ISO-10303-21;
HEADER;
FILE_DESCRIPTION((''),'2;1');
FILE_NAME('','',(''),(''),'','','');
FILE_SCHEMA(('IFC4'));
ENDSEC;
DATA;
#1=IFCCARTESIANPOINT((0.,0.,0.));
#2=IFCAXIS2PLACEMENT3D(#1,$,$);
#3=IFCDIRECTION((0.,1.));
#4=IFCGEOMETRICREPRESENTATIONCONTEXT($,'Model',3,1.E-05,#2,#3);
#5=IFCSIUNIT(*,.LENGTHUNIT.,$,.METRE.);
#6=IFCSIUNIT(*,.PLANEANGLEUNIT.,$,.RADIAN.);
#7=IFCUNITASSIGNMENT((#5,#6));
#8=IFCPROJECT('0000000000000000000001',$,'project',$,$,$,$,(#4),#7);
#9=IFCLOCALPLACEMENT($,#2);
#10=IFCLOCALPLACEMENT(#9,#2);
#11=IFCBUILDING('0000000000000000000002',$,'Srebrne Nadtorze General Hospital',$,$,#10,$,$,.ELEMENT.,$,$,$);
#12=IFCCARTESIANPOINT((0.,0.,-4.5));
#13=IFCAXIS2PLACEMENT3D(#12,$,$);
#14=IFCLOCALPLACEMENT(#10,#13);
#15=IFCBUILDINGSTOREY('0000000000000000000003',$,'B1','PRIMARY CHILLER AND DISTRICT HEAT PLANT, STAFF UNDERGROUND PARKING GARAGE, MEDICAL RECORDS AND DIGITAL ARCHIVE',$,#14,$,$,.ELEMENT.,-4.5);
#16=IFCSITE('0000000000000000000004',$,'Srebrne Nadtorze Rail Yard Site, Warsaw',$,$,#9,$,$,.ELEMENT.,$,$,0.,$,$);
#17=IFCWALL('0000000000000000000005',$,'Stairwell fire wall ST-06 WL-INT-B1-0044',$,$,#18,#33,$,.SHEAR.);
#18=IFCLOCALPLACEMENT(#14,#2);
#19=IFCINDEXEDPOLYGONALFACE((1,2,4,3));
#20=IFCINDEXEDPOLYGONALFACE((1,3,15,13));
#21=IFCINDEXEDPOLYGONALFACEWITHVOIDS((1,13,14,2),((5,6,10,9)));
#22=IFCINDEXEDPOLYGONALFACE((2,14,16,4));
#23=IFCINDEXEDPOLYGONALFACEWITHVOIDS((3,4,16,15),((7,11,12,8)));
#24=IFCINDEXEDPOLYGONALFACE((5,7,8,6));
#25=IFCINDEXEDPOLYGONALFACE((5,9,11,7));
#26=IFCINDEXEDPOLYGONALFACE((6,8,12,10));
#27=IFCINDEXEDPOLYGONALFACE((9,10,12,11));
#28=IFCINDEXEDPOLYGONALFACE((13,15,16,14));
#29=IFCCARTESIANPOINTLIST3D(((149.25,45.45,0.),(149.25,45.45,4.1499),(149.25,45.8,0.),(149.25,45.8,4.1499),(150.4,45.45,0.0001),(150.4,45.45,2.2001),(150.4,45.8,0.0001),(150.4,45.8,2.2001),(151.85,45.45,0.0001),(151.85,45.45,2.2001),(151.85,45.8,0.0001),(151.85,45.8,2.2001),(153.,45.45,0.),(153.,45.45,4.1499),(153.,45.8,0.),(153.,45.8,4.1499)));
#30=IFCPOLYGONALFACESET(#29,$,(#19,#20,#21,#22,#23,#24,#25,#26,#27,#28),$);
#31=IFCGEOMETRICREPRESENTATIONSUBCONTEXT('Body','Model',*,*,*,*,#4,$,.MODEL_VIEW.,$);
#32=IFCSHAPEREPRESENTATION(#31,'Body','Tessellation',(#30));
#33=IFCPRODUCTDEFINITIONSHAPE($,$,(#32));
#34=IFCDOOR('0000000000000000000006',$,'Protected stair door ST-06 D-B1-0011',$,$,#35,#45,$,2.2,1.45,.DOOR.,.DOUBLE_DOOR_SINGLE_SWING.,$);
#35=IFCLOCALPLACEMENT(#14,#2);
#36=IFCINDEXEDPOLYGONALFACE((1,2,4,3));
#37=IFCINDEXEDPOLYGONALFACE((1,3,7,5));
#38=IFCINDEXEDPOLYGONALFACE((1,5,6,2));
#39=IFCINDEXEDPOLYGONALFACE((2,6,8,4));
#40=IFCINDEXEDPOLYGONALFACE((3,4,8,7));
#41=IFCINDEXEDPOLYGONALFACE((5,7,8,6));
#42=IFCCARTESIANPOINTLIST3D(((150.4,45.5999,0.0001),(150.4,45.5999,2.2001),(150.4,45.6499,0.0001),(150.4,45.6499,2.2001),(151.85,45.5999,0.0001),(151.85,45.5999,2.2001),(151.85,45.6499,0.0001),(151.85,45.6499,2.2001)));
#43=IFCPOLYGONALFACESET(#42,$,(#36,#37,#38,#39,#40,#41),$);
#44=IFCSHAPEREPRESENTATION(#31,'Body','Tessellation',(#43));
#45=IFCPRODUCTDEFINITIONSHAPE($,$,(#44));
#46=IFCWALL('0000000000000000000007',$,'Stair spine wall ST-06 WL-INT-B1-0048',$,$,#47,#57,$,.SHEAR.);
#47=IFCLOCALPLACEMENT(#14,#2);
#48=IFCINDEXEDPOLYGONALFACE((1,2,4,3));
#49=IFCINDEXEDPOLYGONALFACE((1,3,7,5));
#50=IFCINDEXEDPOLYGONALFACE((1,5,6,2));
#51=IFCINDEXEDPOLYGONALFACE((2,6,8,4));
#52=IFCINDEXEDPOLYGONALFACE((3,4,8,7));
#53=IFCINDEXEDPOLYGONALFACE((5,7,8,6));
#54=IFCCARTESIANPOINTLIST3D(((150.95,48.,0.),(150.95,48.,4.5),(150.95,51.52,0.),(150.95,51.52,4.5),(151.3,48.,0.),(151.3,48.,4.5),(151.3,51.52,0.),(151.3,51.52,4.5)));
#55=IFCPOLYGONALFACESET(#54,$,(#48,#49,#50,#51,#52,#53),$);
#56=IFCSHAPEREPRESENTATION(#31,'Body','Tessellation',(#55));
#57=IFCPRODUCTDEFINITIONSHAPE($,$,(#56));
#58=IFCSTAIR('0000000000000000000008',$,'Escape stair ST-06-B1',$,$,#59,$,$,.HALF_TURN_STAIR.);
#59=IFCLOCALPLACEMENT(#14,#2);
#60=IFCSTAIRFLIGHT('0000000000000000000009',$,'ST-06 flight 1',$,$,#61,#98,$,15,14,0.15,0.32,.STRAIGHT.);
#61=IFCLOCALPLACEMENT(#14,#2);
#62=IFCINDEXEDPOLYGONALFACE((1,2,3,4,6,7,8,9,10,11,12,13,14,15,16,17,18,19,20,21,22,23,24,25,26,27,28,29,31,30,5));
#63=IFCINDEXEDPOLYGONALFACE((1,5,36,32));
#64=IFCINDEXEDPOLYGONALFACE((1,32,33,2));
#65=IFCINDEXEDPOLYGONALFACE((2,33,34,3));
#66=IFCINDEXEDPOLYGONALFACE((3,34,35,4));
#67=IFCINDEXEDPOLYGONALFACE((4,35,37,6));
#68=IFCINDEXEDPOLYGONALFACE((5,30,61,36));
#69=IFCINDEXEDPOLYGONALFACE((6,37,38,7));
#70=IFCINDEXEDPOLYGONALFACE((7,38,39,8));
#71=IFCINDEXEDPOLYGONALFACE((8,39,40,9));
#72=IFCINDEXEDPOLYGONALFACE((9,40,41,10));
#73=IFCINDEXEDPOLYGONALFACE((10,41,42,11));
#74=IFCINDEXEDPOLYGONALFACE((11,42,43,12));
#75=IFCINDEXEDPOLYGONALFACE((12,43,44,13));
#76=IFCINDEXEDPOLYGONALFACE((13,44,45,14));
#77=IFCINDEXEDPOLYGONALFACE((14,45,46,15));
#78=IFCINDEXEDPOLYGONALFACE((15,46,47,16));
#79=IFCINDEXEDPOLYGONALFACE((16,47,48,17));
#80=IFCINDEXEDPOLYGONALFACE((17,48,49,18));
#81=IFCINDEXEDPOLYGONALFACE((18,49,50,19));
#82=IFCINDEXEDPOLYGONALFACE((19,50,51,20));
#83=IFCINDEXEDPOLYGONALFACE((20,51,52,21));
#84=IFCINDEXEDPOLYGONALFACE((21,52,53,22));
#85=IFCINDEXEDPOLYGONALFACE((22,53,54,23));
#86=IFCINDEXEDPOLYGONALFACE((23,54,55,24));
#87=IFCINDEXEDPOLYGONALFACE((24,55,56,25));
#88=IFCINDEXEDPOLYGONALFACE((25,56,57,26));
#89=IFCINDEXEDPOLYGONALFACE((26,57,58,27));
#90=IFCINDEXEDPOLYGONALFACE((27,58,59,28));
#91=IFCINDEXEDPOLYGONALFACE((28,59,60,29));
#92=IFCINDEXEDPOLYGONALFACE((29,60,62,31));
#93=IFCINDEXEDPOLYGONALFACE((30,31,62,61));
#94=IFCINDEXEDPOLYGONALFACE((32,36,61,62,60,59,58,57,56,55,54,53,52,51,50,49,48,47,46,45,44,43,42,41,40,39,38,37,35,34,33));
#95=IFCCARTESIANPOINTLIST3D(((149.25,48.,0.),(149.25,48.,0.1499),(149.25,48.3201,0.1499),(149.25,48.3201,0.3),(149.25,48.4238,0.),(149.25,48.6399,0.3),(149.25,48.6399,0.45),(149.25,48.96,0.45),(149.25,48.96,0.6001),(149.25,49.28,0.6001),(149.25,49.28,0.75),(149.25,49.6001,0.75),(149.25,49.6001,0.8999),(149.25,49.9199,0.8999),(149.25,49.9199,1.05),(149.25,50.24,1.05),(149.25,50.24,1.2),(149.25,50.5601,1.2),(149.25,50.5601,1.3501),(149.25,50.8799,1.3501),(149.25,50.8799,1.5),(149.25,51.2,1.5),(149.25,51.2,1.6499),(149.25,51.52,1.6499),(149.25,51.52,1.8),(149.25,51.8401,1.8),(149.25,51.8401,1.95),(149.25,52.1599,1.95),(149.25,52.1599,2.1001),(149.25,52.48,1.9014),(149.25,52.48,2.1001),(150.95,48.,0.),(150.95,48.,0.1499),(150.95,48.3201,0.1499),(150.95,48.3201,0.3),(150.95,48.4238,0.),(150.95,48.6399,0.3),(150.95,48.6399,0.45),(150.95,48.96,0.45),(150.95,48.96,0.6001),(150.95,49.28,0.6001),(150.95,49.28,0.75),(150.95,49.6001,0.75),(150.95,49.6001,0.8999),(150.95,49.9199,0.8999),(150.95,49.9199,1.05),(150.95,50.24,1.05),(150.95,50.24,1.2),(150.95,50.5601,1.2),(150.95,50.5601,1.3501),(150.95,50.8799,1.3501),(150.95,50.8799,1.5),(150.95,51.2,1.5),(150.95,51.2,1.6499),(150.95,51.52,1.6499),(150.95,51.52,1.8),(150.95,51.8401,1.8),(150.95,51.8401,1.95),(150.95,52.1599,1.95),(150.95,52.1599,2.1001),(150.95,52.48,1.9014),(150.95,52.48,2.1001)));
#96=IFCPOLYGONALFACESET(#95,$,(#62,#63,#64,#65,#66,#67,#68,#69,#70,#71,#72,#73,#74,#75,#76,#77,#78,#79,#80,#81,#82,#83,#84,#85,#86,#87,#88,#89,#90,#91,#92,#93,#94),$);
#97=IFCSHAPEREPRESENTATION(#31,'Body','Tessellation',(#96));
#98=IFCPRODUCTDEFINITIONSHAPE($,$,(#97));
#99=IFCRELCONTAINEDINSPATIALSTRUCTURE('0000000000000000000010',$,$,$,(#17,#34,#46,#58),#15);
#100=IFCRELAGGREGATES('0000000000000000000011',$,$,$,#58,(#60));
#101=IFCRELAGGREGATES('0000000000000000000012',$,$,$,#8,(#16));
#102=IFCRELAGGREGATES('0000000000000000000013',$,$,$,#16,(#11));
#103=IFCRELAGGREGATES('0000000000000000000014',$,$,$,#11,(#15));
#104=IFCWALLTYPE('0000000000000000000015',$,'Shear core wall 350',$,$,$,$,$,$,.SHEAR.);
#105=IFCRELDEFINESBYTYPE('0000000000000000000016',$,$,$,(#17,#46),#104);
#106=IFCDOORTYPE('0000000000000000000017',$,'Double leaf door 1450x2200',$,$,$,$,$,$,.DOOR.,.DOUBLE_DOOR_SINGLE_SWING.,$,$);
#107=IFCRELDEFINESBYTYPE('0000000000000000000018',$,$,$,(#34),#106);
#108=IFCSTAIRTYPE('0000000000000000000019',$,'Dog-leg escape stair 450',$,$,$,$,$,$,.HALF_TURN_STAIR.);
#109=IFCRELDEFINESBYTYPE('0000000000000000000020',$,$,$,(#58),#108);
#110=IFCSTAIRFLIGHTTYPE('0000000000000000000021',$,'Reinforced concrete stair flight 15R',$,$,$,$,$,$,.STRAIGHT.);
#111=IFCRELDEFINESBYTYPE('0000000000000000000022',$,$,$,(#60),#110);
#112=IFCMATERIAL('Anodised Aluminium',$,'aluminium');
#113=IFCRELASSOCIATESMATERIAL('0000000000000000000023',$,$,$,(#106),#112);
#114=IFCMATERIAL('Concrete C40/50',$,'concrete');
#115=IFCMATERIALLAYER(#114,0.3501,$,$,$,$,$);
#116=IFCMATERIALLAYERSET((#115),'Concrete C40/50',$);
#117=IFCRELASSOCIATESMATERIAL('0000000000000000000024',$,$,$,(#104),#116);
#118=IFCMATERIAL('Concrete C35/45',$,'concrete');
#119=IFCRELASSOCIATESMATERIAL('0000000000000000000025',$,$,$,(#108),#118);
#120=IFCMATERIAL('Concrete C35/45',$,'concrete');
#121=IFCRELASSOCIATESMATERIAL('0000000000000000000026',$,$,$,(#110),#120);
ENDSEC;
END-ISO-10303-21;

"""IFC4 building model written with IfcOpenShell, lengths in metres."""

from ifc_helpers import new_model, si_unit, direction, frame, frame_2d, origin, place, context, subcontext, project, spatial, polyline, rectangle, outline, extrude, material, layer, layer_set, type_object, element, fill, aggregate, save


model = new_model("IFC4")

# Units and contexts
model_context = context("Model", 3, precision=1e-05, world=origin(), true_north=direction((0.0, 1.0)))
body_context = subcontext(model_context, "Body", "Model", "MODEL_VIEW")
ifc_project = project(units=[si_unit("LENGTHUNIT", "METRE"), si_unit("PLANEANGLEUNIT", "RADIAN")], contexts=[model_context])

# Site, building, storey
site_placement = place(None, origin())
site = spatial("IfcSite", under=ifc_project, at=site_placement, Name="Srebrne Nadtorze Rail Yard Site, Warsaw", CompositionType="ELEMENT", RefElevation=0.0)
building_placement = place(site_placement, origin())
building = spatial("IfcBuilding", under=site, at=building_placement, Name="Srebrne Nadtorze General Hospital", CompositionType="ELEMENT")
storey_placement = place(building_placement, frame((0.0, 0.0, -4.5)))
storey = spatial("IfcBuildingStorey", under=building, at=storey_placement, Name="B1", Description="PRIMARY CHILLER AND DISTRICT HEAT PLANT, STAFF UNDERGROUND PARKING GARAGE, MEDICAL RECORDS AND DIGITAL ARCHIVE", CompositionType="ELEMENT", Elevation=-4.5)

# Shared definitions
ifc_material_1 = material(Name="Anodised Aluminium", Category="aluminium")
door_type_1 = type_object("IfcDoorType", Name="Double leaf door 1450x2200", OperationType="DOUBLE_DOOR_SINGLE_SWING", PredefinedType="DOOR", material=ifc_material_1)

# Shared definitions
ifc_material_2 = material(Name="Concrete C40/50", Category="concrete")
ifc_layer_1 = layer(ifc_material_2, 0.3501)
ifc_layer_set_1 = layer_set([ifc_layer_1], Name="Concrete C40/50")
wall_type_1 = type_object("IfcWallType", Name="Shear core wall 350", PredefinedType="SHEAR", material=ifc_layer_set_1)

# Wall, opening, door
wall_1_placement = place(storey_placement, frame((149.25, 45.625, 0.0), z_axis=(0.0, 0.0, 1.0), x_axis=(1.0, 0.0, 0.0)))
wall_1 = element("IfcWall", 1, at=wall_1_placement, inside=storey, type_object=wall_type_1, Name="Stairwell fire wall ST-06 WL-INT-B1-0044", PredefinedType="SHEAR", context=body_context, shape_type="SweptSolid", body=[
    extrude(rectangle(XDim=3.75, YDim=0.3501, at=frame_2d((1.875, 0.0))), origin(), (0.0, 0.0, 1.0), 4.1499),
])
opening_1_placement = place(wall_1_placement, frame((1.1499, 0.0, 0.0)))
opening_1 = element("IfcOpeningElement", 2, at=opening_1_placement, cuts=wall_1, PredefinedType="OPENING", context=body_context, shape_type="SweptSolid", body=[
    extrude(rectangle(XDim=1.45, YDim=2.2, at=frame_2d((0.7251, 1.1001))), frame((0.0, 0.187, 0.0), z_axis=(0.0, -1.0, 0.0), x_axis=(1.0, 0.0, 0.0)), (0.0, 0.0, 1.0), 0.374),
])
door_1_placement = place(opening_1_placement, origin())
door_1 = element("IfcDoor", 3, at=door_1_placement, inside=storey, type_object=door_type_1, Name="Protected stair door ST-06 D-B1-0011", OperationType="DOUBLE_DOOR_SINGLE_SWING", OverallHeight=2.2, OverallWidth=1.45, PredefinedType="DOOR", context=body_context, shape_type="SweptSolid", body=[
    extrude(rectangle(XDim=1.45, YDim=2.2, at=frame_2d((0.7251, 1.1001))), frame((0.0, 0.0249, 0.0), z_axis=(0.0, -1.0, 0.0), x_axis=(1.0, 0.0, 0.0)), (0.0, 0.0, 1.0), 0.05),
])
fill(opening_1, door_1)

# Wall
wall_2_placement = place(storey_placement, frame((151.125, 48.0, 0.0), z_axis=(0.0, 0.0, 1.0), x_axis=(0.0, 1.0, 0.0)))
element("IfcWall", 4, at=wall_2_placement, inside=storey, type_object=wall_type_1, Name="Stair spine wall ST-06 WL-INT-B1-0048", PredefinedType="SHEAR", context=body_context, shape_type="SweptSolid", body=[
    extrude(rectangle(XDim=3.52, YDim=0.3501, at=frame_2d((1.76, 0.0))), origin(), (0.0, 0.0, 1.0), 4.5),
])

# Stair, stair flight
ifc_material_3 = material(Name="Concrete C35/45", Category="concrete")
stair_type = type_object("IfcStairType", Name="Dog-leg escape stair 450", PredefinedType="HALF_TURN_STAIR", material=ifc_material_3)
stair_placement = place(storey_placement, origin())
stair = element("IfcStair", 5, at=stair_placement, inside=storey, type_object=stair_type, Name="Escape stair ST-06-B1", PredefinedType="HALF_TURN_STAIR")
ifc_material_4 = material(Name="Concrete C35/45", Category="concrete")
stair_flight_type = type_object("IfcStairFlightType", Name="Reinforced concrete stair flight 15R", PredefinedType="STRAIGHT", material=ifc_material_4)
stair_flight_placement = place(storey_placement, frame((150.1001, 48.0, 0.0), z_axis=(0.0, 0.0, 1.0), x_axis=(0.0, 1.0, 0.0)))
stair_flight = element("IfcStairFlight", 6, at=stair_flight_placement, type_object=stair_flight_type, Name="ST-06 flight 1", NumberOfRisers=15, NumberOfTreads=14, PredefinedType="STRAIGHT", RiserHeight=0.15, TreadLength=0.32, context=body_context, shape_type="SweptSolid", body=[
    extrude(outline(polyline([(0.0, 0.0), (0.0, 0.1499), (0.3201, 0.1499), (0.3201, 0.3), (0.6399, 0.3), (0.6399, 0.45), (0.96, 0.45), (0.96, 0.6001), (1.28, 0.6001), (1.28, 0.75), (1.6001, 0.75), (1.6001, 0.8999), (1.9199, 0.8999), (1.9199, 1.05), (2.24, 1.05), (2.24, 1.2), (2.5601, 1.2), (2.5601, 1.3501), (2.8799, 1.3501), (2.8799, 1.5), (3.2, 1.5), (3.2, 1.6499), (3.52, 1.6499), (3.52, 1.8), (3.8401, 1.8), (3.8401, 1.95), (4.1599, 1.95), (4.1599, 2.1001), (4.48, 2.1001), (4.48, 2.25), (4.48, 1.9014), (0.4238, 0.0), (0.0, 0.0)])), frame((0.0, 0.8501, 0.0), z_axis=(0.0, -1.0, 0.0), x_axis=(1.0, 0.0, 0.0)), (0.0, 0.0, 1.0), 1.7),
])
aggregate(stair, [stair_flight])

save(model, "model.ifc")
